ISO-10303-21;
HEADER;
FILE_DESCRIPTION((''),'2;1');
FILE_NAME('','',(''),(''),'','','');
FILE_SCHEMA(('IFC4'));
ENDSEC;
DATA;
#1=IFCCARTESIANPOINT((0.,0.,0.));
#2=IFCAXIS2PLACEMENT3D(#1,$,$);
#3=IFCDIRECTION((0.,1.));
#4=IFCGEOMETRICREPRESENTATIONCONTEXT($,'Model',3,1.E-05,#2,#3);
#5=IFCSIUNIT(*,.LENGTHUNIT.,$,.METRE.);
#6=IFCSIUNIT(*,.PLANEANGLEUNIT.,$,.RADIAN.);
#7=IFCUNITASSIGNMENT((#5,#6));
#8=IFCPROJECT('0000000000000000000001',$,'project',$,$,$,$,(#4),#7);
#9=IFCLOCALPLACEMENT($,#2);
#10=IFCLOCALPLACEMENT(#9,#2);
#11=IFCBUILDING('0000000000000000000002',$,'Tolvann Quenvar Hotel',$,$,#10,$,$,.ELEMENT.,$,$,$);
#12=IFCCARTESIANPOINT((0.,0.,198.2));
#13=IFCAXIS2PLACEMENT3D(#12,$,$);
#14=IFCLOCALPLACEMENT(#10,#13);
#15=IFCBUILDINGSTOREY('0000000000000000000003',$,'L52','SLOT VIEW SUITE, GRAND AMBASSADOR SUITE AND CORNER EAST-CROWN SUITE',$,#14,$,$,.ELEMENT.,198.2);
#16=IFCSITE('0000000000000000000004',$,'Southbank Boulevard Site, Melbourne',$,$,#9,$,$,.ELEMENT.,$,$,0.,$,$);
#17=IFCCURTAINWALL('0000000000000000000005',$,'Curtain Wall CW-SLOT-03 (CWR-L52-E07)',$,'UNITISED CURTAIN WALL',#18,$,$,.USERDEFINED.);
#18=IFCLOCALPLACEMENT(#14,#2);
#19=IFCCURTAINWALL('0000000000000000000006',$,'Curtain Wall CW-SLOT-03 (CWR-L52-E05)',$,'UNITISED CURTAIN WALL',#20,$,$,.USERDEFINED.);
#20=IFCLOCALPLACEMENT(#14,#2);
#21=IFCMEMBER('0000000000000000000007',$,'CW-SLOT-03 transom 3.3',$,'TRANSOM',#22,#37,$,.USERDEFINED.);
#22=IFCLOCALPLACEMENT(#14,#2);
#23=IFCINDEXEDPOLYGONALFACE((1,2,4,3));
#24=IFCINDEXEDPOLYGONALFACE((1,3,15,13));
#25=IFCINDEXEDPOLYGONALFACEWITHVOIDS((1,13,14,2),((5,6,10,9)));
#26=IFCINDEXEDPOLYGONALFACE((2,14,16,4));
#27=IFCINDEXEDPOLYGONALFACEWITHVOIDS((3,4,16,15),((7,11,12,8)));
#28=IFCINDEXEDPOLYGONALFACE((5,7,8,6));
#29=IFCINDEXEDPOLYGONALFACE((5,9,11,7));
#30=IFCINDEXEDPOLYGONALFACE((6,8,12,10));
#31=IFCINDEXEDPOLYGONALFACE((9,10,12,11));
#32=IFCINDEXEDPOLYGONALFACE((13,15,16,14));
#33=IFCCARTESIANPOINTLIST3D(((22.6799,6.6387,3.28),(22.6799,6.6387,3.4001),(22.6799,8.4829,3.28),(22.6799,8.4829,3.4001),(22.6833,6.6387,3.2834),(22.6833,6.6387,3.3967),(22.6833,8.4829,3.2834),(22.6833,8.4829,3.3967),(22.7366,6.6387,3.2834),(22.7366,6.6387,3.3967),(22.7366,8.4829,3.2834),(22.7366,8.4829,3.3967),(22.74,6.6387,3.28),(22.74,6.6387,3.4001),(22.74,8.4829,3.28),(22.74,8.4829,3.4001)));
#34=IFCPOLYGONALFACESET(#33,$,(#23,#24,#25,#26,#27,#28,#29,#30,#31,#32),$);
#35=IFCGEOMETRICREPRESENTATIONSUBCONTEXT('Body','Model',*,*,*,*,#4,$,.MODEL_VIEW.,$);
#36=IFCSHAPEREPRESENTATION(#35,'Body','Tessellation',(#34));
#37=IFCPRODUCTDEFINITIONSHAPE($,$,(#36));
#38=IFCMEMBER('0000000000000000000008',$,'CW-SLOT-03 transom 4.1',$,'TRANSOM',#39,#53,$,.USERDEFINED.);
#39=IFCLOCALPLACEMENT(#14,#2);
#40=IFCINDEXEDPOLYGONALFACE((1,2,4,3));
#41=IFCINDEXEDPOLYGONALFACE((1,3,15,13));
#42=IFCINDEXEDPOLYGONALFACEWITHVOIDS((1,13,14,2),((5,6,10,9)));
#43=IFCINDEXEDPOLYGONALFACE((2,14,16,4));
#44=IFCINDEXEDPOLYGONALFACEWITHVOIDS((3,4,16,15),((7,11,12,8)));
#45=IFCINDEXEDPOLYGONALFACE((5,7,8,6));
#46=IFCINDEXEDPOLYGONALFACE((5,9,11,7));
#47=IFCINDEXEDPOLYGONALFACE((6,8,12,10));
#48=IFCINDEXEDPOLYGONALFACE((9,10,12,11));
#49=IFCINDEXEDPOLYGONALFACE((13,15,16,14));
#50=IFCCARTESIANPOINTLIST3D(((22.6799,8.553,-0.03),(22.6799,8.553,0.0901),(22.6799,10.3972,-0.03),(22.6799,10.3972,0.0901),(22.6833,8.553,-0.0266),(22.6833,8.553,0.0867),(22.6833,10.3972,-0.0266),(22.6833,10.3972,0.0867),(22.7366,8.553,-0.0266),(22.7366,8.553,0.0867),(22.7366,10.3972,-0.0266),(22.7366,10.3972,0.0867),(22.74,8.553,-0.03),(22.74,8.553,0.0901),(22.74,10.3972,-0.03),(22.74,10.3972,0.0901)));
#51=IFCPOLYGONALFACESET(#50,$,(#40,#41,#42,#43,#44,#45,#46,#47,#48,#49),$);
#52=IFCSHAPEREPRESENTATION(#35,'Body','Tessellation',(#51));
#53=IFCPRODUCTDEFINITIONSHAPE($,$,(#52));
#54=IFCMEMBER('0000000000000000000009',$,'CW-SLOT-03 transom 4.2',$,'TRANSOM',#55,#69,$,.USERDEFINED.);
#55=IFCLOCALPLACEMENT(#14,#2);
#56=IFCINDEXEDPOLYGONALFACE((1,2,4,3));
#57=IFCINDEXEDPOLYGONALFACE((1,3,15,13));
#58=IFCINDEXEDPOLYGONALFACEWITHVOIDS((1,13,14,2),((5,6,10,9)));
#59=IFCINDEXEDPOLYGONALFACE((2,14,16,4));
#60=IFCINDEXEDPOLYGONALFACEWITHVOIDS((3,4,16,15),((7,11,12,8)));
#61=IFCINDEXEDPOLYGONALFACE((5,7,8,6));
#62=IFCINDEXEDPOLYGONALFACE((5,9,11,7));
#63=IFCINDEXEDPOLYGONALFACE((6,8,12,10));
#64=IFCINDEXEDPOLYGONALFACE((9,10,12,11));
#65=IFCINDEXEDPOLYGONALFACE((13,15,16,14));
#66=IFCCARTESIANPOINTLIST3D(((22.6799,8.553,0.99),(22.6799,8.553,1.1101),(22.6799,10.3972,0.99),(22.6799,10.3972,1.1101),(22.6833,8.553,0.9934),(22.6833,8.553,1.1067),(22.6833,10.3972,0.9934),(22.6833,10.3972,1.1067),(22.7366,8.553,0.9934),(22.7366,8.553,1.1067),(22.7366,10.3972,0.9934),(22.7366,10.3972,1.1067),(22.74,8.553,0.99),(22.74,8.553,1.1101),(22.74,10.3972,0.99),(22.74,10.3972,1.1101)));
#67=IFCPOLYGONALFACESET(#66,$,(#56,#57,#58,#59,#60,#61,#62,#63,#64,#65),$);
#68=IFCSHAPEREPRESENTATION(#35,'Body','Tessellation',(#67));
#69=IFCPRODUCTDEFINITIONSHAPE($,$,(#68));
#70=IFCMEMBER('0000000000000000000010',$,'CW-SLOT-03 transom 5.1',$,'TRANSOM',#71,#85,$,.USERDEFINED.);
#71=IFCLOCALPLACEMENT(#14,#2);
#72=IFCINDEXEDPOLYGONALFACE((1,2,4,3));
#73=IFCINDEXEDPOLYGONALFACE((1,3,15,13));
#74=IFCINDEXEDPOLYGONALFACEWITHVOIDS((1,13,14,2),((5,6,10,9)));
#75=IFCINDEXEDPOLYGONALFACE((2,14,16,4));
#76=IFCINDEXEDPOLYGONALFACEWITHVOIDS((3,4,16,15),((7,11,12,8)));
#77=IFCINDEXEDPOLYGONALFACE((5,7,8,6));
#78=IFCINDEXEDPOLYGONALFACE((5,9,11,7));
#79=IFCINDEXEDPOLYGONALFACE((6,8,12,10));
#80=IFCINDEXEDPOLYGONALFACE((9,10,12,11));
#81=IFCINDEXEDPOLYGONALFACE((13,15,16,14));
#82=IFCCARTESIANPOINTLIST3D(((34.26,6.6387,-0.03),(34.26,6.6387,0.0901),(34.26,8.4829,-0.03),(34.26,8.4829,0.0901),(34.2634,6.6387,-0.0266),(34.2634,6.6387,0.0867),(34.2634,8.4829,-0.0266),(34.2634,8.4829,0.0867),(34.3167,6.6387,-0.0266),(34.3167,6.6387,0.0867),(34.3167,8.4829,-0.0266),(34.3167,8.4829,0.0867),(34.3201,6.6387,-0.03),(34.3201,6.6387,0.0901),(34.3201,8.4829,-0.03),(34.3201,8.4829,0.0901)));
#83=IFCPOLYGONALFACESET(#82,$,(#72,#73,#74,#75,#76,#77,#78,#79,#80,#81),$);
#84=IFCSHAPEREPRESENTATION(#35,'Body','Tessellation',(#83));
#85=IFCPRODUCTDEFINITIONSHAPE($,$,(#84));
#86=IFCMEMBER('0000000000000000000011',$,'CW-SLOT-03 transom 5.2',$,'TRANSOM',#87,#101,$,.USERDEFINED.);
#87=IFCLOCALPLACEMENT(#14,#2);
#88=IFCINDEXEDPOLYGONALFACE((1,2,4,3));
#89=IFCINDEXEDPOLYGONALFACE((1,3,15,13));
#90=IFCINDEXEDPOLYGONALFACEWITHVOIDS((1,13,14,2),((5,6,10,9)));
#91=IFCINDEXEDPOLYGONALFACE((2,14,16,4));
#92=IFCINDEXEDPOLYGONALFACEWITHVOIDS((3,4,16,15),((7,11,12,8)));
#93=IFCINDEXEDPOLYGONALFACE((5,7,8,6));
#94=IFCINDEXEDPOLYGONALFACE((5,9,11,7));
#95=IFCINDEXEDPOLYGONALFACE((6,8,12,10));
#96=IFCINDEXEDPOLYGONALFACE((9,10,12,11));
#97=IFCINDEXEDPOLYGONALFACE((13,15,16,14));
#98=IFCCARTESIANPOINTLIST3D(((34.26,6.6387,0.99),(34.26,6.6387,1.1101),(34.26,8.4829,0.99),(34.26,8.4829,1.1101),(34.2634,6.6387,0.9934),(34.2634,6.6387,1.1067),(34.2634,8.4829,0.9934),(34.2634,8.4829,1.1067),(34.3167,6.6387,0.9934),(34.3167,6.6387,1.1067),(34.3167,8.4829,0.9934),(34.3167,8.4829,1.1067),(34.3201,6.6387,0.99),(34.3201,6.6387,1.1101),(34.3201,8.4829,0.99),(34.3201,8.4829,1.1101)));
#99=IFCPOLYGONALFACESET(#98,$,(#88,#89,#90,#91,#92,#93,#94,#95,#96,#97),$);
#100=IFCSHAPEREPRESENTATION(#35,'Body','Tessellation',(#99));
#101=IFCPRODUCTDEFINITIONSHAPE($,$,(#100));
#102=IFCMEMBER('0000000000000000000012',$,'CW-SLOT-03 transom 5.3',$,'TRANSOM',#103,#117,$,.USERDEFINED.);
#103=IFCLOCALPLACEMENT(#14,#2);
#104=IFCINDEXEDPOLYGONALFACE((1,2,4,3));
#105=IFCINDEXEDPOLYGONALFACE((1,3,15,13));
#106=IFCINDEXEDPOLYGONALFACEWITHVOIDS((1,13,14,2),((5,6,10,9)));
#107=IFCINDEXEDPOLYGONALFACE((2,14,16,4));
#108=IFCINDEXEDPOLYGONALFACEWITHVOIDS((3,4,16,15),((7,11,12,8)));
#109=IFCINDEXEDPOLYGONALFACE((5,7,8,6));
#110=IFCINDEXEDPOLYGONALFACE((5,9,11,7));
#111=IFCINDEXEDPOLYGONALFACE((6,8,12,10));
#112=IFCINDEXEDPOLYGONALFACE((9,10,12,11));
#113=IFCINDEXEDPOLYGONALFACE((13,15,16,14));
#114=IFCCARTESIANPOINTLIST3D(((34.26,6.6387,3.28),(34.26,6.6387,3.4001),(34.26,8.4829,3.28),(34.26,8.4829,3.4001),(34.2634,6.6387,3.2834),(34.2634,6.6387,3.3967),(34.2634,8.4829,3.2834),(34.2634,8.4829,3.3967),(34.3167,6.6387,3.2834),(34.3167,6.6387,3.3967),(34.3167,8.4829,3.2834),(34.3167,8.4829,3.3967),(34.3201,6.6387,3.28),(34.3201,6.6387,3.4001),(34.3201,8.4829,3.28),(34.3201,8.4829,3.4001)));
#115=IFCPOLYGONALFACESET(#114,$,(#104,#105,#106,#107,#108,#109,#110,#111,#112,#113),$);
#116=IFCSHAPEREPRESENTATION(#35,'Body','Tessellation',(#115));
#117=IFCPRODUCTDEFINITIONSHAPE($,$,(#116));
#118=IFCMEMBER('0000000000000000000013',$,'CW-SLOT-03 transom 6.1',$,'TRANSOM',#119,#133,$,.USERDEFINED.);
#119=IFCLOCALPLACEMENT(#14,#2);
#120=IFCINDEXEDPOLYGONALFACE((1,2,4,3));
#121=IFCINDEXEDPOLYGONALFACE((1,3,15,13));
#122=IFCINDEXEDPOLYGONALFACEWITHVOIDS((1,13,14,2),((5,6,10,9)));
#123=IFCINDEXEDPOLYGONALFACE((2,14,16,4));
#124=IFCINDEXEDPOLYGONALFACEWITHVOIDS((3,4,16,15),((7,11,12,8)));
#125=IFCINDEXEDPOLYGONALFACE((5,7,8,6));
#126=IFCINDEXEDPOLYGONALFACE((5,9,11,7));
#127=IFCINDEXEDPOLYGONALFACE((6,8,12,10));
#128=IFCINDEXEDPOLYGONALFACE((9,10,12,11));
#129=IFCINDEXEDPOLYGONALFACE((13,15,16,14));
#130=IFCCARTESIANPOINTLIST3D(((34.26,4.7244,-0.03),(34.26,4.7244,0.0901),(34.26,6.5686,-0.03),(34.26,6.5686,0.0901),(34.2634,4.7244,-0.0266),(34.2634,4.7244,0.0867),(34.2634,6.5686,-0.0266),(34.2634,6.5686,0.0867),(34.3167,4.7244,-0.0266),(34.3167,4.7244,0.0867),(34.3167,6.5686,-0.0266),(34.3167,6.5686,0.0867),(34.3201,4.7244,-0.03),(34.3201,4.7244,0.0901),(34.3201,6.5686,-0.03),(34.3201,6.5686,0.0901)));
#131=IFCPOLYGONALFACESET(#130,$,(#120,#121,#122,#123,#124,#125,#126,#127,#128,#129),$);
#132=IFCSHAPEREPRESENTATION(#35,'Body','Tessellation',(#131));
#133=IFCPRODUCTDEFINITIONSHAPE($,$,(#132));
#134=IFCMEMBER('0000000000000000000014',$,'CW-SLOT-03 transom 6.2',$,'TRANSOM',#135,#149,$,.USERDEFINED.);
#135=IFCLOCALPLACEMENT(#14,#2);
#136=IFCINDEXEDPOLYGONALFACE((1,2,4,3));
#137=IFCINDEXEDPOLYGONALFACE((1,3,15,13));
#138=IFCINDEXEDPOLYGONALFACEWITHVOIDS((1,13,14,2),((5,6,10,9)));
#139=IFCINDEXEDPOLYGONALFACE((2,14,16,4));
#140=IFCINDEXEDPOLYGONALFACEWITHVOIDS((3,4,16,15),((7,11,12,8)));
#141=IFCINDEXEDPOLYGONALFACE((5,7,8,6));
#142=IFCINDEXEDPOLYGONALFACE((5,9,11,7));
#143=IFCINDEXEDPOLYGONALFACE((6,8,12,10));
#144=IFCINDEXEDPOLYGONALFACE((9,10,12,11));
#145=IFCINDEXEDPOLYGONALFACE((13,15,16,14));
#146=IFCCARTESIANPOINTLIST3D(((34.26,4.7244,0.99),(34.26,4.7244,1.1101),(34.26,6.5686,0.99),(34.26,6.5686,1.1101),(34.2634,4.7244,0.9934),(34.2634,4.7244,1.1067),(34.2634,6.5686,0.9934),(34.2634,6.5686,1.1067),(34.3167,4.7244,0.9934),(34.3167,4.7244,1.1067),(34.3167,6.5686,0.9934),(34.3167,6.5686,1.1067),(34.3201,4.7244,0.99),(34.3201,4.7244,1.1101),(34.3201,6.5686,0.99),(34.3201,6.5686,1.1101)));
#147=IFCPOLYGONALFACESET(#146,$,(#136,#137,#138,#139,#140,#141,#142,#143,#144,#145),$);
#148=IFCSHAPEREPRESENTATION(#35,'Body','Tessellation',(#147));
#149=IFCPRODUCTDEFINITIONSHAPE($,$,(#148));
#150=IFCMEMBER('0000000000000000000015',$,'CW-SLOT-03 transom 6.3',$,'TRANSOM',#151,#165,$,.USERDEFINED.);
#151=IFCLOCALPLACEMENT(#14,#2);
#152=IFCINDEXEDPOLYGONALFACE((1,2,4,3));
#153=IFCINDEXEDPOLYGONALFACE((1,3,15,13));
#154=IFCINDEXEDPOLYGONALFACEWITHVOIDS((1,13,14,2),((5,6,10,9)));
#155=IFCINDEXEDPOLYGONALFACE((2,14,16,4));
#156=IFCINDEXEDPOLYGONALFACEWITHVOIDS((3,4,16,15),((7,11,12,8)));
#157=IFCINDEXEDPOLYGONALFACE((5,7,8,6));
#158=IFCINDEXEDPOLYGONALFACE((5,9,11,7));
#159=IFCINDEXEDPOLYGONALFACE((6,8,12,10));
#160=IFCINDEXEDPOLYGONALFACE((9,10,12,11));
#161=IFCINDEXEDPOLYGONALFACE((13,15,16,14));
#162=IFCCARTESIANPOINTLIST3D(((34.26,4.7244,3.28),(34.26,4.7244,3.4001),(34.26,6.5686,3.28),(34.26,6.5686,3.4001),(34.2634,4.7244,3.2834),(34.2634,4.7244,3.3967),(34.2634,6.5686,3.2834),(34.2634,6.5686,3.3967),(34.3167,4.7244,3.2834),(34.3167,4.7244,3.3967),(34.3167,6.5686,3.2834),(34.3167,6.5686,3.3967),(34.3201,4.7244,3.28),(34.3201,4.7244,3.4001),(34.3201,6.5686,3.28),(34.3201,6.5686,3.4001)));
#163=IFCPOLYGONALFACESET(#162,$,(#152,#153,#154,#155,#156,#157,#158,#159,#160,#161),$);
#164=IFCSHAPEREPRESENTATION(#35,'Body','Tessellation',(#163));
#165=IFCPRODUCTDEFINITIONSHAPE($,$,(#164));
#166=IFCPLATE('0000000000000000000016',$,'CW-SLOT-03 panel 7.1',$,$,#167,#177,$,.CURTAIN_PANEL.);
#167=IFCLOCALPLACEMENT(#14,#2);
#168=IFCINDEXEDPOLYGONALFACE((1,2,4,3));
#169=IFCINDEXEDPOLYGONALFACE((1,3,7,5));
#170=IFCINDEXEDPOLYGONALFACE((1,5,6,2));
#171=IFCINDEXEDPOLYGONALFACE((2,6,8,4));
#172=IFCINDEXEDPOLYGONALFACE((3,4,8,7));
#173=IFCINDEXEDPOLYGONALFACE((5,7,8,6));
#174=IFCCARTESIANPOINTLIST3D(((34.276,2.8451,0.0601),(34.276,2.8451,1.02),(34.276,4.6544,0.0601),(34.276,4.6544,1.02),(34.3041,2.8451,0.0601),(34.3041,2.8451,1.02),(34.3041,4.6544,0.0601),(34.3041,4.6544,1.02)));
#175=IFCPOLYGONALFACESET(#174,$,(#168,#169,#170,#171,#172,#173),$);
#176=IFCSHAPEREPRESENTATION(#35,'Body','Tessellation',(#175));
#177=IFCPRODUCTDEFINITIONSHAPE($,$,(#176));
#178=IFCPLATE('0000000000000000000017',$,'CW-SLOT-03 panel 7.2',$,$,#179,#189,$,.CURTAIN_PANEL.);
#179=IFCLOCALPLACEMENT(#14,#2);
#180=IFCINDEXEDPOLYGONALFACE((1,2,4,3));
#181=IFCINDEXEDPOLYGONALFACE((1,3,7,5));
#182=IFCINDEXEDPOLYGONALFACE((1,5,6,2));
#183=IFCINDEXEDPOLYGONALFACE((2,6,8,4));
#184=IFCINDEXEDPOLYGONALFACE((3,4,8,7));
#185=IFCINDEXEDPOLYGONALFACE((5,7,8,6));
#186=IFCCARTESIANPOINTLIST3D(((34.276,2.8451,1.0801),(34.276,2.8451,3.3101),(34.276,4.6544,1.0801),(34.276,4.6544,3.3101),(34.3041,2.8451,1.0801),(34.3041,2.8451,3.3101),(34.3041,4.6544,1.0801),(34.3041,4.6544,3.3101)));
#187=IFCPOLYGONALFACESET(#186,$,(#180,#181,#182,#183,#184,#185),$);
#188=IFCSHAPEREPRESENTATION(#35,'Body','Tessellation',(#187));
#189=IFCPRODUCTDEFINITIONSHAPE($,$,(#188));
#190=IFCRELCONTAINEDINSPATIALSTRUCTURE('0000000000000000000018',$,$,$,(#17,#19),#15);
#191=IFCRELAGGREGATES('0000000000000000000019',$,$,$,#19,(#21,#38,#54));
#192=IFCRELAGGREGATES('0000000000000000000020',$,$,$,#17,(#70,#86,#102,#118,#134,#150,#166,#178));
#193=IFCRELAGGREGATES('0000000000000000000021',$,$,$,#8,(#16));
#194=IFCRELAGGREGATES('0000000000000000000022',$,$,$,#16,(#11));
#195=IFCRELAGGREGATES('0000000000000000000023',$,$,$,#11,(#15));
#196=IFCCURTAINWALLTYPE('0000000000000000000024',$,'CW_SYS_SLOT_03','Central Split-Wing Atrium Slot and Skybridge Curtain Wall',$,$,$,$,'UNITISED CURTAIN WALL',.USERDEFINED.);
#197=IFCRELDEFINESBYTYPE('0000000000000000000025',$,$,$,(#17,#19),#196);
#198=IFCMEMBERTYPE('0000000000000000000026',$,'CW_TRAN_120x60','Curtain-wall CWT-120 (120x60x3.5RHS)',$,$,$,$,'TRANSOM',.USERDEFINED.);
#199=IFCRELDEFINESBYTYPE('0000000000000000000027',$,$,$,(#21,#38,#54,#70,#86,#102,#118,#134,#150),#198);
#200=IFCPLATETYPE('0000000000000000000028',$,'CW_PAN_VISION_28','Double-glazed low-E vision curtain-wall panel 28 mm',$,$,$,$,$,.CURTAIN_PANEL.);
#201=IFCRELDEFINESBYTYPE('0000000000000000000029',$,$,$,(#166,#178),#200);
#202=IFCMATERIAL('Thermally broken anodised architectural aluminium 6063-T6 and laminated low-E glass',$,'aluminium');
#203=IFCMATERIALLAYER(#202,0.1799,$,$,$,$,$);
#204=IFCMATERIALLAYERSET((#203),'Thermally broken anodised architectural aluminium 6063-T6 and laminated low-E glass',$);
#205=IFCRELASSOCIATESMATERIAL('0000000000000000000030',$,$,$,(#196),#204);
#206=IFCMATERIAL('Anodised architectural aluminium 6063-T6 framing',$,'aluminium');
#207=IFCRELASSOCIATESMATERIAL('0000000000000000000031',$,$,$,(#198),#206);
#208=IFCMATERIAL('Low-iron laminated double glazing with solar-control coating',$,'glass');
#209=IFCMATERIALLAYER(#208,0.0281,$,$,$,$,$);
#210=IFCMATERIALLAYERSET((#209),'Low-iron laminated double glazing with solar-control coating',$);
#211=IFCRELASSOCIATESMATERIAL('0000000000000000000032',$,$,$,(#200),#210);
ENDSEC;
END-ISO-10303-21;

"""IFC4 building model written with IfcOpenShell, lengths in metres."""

from ifc_helpers import new_model, si_unit, direction, frame, origin, origin_2d, place, context, subcontext, project, spatial, rectangle, hollow_rectangle, extrude, source, transform, mapped, material, layer, layer_set, material_profile, profile_set, type_object, element, aggregate, save


model = new_model("IFC4")

# Units and contexts
model_context = context("Model", 3, precision=1e-05, world=origin(), true_north=direction((0.0, 1.0)))
body_context = subcontext(model_context, "Body", "Model", "MODEL_VIEW")
ifc_project = project(units=[si_unit("LENGTHUNIT", "METRE"), si_unit("PLANEANGLEUNIT", "RADIAN")], contexts=[model_context])

# Site, building, storey
site_placement = place(None, origin())
site = spatial("IfcSite", under=ifc_project, at=site_placement, Name="Southbank Boulevard Site, Melbourne", CompositionType="ELEMENT", RefElevation=0.0)
building_placement = place(site_placement, origin())
building = spatial("IfcBuilding", under=site, at=building_placement, Name="Tolvann Quenvar Hotel", CompositionType="ELEMENT")
storey_placement = place(building_placement, frame((0.0, 0.0, 198.2)))
storey = spatial("IfcBuildingStorey", under=building, at=storey_placement, Name="L52", Description="SLOT VIEW SUITE, GRAND AMBASSADOR SUITE AND CORNER EAST-CROWN SUITE", CompositionType="ELEMENT", Elevation=198.2)

# Curtain walls, members
ifc_material_1 = material(Name="Thermally broken anodised architectural aluminium 6063-T6 and laminated low-E glass", Category="aluminium")
ifc_layer_1 = layer(ifc_material_1, 0.1799)
ifc_layer_set_1 = layer_set([ifc_layer_1], Name="Thermally broken anodised architectural aluminium 6063-T6 and laminated low-E glass")
curtain_wall_type = type_object("IfcCurtainWallType", Name="CW_SYS_SLOT_03", Description="Central Split-Wing Atrium Slot and Skybridge Curtain Wall", ElementType="UNITISED CURTAIN WALL", PredefinedType="USERDEFINED", material=ifc_layer_set_1)
curtain_wall_1_placement = place(storey_placement, origin())
curtain_wall_1 = element("IfcCurtainWall", 1, at=curtain_wall_1_placement, inside=storey, type_object=curtain_wall_type, Name="Curtain Wall CW-SLOT-03 (CWR-L52-E07)", ObjectType="UNITISED CURTAIN WALL", PredefinedType="USERDEFINED")
ifc_material_2 = material(Name="Anodised architectural aluminium 6063-T6 framing", Category="aluminium")
ifc_material_profile_1 = material_profile(ifc_material_2, hollow_rectangle(XDim=0.0601, YDim=0.1201, WallThickness=0.0034, at=origin_2d()), Name="120x60x3.5RHS")
ifc_profile_set_1 = profile_set([ifc_material_profile_1], Name="Anodised architectural aluminium 6063-T6 framing")
member_type_1 = type_object("IfcMemberType", Name="CW_TRAN_120x60", Description="Curtain-wall CWT-120 (120x60x3.5RHS)", ElementType="TRANSOM", PredefinedType="USERDEFINED", material=ifc_profile_set_1)
curtain_wall_2_placement = place(storey_placement, origin())
curtain_wall_2 = element("IfcCurtainWall", 2, at=curtain_wall_2_placement, inside=storey, type_object=curtain_wall_type, Name="Curtain Wall CW-SLOT-03 (CWR-L52-E05)", ObjectType="UNITISED CURTAIN WALL", PredefinedType="USERDEFINED")
shared_shape_1 = source(origin(), body_context, "Body", "SweptSolid", [
    extrude(hollow_rectangle(XDim=0.0601, YDim=0.1201, WallThickness=0.0034, at=origin_2d()), origin(), (0.0, 0.0, 1.0), 1.8442),
])
member_1_placement = place(storey_placement, frame((22.71, 6.6387, 3.3401), z_axis=(0.0, 1.0, 0.0), x_axis=(-1.0, 0.0, 0.0)))
member_1 = element("IfcMember", 3, at=member_1_placement, type_object=member_type_1, Name="CW-SLOT-03 transom 3.3", ObjectType="TRANSOM", PredefinedType="USERDEFINED", context=body_context, shape_type="MappedRepresentation", body=[
    mapped(shared_shape_1, transform((0.0, 0.0, 0.0), x_axis=(1.0, 0.0, 0.0), y_axis=(0.0, 1.0, 0.0), z_axis=(0.0, 0.0, 1.0), scale=1.0)),
])
member_2_placement = place(storey_placement, frame((22.71, 8.553, 0.03), z_axis=(0.0, 1.0, 0.0), x_axis=(-1.0, 0.0, 0.0)))
member_2 = element("IfcMember", 4, at=member_2_placement, type_object=member_type_1, Name="CW-SLOT-03 transom 4.1", ObjectType="TRANSOM", PredefinedType="USERDEFINED", context=body_context, shape_type="MappedRepresentation", body=[
    mapped(shared_shape_1, transform((0.0, 0.0, 0.0), x_axis=(1.0, 0.0, 0.0), y_axis=(0.0, 1.0, 0.0), z_axis=(0.0, 0.0, 1.0), scale=1.0)),
])
member_3_placement = place(storey_placement, frame((22.71, 8.553, 1.05), z_axis=(0.0, 1.0, 0.0), x_axis=(-1.0, 0.0, 0.0)))
member_3 = element("IfcMember", 5, at=member_3_placement, type_object=member_type_1, Name="CW-SLOT-03 transom 4.2", ObjectType="TRANSOM", PredefinedType="USERDEFINED", context=body_context, shape_type="MappedRepresentation", body=[
    mapped(shared_shape_1, transform((0.0, 0.0, 0.0), x_axis=(1.0, 0.0, 0.0), y_axis=(0.0, 1.0, 0.0), z_axis=(0.0, 0.0, 1.0), scale=1.0)),
])

# Members
member_4_placement = place(storey_placement, frame((34.29, 8.4829, 0.03), z_axis=(0.0, -1.0, 0.0), x_axis=(1.0, 0.0, 0.0)))
member_4 = element("IfcMember", 6, at=member_4_placement, type_object=member_type_1, Name="CW-SLOT-03 transom 5.1", ObjectType="TRANSOM", PredefinedType="USERDEFINED", context=body_context, shape_type="MappedRepresentation", body=[
    mapped(shared_shape_1, transform((0.0, 0.0, 0.0), x_axis=(1.0, 0.0, 0.0), y_axis=(0.0, 1.0, 0.0), z_axis=(0.0, 0.0, 1.0), scale=1.0)),
])
member_5_placement = place(storey_placement, frame((34.29, 8.4829, 1.05), z_axis=(0.0, -1.0, 0.0), x_axis=(1.0, 0.0, 0.0)))
member_5 = element("IfcMember", 7, at=member_5_placement, type_object=member_type_1, Name="CW-SLOT-03 transom 5.2", ObjectType="TRANSOM", PredefinedType="USERDEFINED", context=body_context, shape_type="MappedRepresentation", body=[
    mapped(shared_shape_1, transform((0.0, 0.0, 0.0), x_axis=(1.0, 0.0, 0.0), y_axis=(0.0, 1.0, 0.0), z_axis=(0.0, 0.0, 1.0), scale=1.0)),
])
member_6_placement = place(storey_placement, frame((34.29, 8.4829, 3.3401), z_axis=(0.0, -1.0, 0.0), x_axis=(1.0, 0.0, 0.0)))
member_6 = element("IfcMember", 8, at=member_6_placement, type_object=member_type_1, Name="CW-SLOT-03 transom 5.3", ObjectType="TRANSOM", PredefinedType="USERDEFINED", context=body_context, shape_type="MappedRepresentation", body=[
    mapped(shared_shape_1, transform((0.0, 0.0, 0.0), x_axis=(1.0, 0.0, 0.0), y_axis=(0.0, 1.0, 0.0), z_axis=(0.0, 0.0, 1.0), scale=1.0)),
])
member_7_placement = place(storey_placement, frame((34.29, 6.5686, 0.03), z_axis=(0.0, -1.0, 0.0), x_axis=(1.0, 0.0, 0.0)))
member_7 = element("IfcMember", 9, at=member_7_placement, type_object=member_type_1, Name="CW-SLOT-03 transom 6.1", ObjectType="TRANSOM", PredefinedType="USERDEFINED", context=body_context, shape_type="MappedRepresentation", body=[
    mapped(shared_shape_1, transform((0.0, 0.0, 0.0), x_axis=(1.0, 0.0, 0.0), y_axis=(0.0, 1.0, 0.0), z_axis=(0.0, 0.0, 1.0), scale=1.0)),
])
member_8_placement = place(storey_placement, frame((34.29, 6.5686, 1.05), z_axis=(0.0, -1.0, 0.0), x_axis=(1.0, 0.0, 0.0)))
member_8 = element("IfcMember", 10, at=member_8_placement, type_object=member_type_1, Name="CW-SLOT-03 transom 6.2", ObjectType="TRANSOM", PredefinedType="USERDEFINED", context=body_context, shape_type="MappedRepresentation", body=[
    mapped(shared_shape_1, transform((0.0, 0.0, 0.0), x_axis=(1.0, 0.0, 0.0), y_axis=(0.0, 1.0, 0.0), z_axis=(0.0, 0.0, 1.0), scale=1.0)),
])
member_9_placement = place(storey_placement, frame((34.29, 6.5686, 3.3401), z_axis=(0.0, -1.0, 0.0), x_axis=(1.0, 0.0, 0.0)))
member_9 = element("IfcMember", 11, at=member_9_placement, type_object=member_type_1, Name="CW-SLOT-03 transom 6.3", ObjectType="TRANSOM", PredefinedType="USERDEFINED", context=body_context, shape_type="MappedRepresentation", body=[
    mapped(shared_shape_1, transform((0.0, 0.0, 0.0), x_axis=(1.0, 0.0, 0.0), y_axis=(0.0, 1.0, 0.0), z_axis=(0.0, 0.0, 1.0), scale=1.0)),
])

# Plates
ifc_material_3 = material(Name="Low-iron laminated double glazing with solar-control coating", Category="glass")
ifc_layer_2 = layer(ifc_material_3, 0.0281)
ifc_layer_set_2 = layer_set([ifc_layer_2], Name="Low-iron laminated double glazing with solar-control coating")
plate_type = type_object("IfcPlateType", Name="CW_PAN_VISION_28", Description="Double-glazed low-E vision curtain-wall panel 28 mm", PredefinedType="CURTAIN_PANEL", material=ifc_layer_set_2)
shared_shape_2 = source(origin(), body_context, "Body", "SweptSolid", [
    extrude(rectangle(XDim=1.8093, YDim=0.0281, at=origin_2d()), origin(), (0.0, 0.0, 1.0), 0.96),
])
plate_1_placement = place(storey_placement, frame((34.29, 3.7498, 0.0601), z_axis=(0.0, 0.0, 1.0), x_axis=(0.0, -1.0, 0.0)))
plate_1 = element("IfcPlate", 12, at=plate_1_placement, type_object=plate_type, Name="CW-SLOT-03 panel 7.1", PredefinedType="CURTAIN_PANEL", context=body_context, shape_type="MappedRepresentation", body=[
    mapped(shared_shape_2, transform((0.0, 0.0, 0.0), x_axis=(1.0, 0.0, 0.0), y_axis=(0.0, 1.0, 0.0), z_axis=(0.0, 0.0, 1.0), scale=1.0)),
])
shared_shape_3 = source(origin(), body_context, "Body", "SweptSolid", [
    extrude(rectangle(XDim=1.8093, YDim=0.0281, at=origin_2d()), origin(), (0.0, 0.0, 1.0), 2.23),
])
plate_2_placement = place(storey_placement, frame((34.29, 3.7498, 1.0801), z_axis=(0.0, 0.0, 1.0), x_axis=(0.0, -1.0, 0.0)))
plate_2 = element("IfcPlate", 13, at=plate_2_placement, type_object=plate_type, Name="CW-SLOT-03 panel 7.2", PredefinedType="CURTAIN_PANEL", context=body_context, shape_type="MappedRepresentation", body=[
    mapped(shared_shape_3, transform((0.0, 0.0, 0.0), x_axis=(1.0, 0.0, 0.0), y_axis=(0.0, 1.0, 0.0), z_axis=(0.0, 0.0, 1.0), scale=1.0)),
])
aggregate(curtain_wall_2, [member_1, member_2, member_3])
aggregate(curtain_wall_1, [member_4, member_5, member_6, member_7, member_8, member_9, plate_1, plate_2])

save(model, "model.ifc")
